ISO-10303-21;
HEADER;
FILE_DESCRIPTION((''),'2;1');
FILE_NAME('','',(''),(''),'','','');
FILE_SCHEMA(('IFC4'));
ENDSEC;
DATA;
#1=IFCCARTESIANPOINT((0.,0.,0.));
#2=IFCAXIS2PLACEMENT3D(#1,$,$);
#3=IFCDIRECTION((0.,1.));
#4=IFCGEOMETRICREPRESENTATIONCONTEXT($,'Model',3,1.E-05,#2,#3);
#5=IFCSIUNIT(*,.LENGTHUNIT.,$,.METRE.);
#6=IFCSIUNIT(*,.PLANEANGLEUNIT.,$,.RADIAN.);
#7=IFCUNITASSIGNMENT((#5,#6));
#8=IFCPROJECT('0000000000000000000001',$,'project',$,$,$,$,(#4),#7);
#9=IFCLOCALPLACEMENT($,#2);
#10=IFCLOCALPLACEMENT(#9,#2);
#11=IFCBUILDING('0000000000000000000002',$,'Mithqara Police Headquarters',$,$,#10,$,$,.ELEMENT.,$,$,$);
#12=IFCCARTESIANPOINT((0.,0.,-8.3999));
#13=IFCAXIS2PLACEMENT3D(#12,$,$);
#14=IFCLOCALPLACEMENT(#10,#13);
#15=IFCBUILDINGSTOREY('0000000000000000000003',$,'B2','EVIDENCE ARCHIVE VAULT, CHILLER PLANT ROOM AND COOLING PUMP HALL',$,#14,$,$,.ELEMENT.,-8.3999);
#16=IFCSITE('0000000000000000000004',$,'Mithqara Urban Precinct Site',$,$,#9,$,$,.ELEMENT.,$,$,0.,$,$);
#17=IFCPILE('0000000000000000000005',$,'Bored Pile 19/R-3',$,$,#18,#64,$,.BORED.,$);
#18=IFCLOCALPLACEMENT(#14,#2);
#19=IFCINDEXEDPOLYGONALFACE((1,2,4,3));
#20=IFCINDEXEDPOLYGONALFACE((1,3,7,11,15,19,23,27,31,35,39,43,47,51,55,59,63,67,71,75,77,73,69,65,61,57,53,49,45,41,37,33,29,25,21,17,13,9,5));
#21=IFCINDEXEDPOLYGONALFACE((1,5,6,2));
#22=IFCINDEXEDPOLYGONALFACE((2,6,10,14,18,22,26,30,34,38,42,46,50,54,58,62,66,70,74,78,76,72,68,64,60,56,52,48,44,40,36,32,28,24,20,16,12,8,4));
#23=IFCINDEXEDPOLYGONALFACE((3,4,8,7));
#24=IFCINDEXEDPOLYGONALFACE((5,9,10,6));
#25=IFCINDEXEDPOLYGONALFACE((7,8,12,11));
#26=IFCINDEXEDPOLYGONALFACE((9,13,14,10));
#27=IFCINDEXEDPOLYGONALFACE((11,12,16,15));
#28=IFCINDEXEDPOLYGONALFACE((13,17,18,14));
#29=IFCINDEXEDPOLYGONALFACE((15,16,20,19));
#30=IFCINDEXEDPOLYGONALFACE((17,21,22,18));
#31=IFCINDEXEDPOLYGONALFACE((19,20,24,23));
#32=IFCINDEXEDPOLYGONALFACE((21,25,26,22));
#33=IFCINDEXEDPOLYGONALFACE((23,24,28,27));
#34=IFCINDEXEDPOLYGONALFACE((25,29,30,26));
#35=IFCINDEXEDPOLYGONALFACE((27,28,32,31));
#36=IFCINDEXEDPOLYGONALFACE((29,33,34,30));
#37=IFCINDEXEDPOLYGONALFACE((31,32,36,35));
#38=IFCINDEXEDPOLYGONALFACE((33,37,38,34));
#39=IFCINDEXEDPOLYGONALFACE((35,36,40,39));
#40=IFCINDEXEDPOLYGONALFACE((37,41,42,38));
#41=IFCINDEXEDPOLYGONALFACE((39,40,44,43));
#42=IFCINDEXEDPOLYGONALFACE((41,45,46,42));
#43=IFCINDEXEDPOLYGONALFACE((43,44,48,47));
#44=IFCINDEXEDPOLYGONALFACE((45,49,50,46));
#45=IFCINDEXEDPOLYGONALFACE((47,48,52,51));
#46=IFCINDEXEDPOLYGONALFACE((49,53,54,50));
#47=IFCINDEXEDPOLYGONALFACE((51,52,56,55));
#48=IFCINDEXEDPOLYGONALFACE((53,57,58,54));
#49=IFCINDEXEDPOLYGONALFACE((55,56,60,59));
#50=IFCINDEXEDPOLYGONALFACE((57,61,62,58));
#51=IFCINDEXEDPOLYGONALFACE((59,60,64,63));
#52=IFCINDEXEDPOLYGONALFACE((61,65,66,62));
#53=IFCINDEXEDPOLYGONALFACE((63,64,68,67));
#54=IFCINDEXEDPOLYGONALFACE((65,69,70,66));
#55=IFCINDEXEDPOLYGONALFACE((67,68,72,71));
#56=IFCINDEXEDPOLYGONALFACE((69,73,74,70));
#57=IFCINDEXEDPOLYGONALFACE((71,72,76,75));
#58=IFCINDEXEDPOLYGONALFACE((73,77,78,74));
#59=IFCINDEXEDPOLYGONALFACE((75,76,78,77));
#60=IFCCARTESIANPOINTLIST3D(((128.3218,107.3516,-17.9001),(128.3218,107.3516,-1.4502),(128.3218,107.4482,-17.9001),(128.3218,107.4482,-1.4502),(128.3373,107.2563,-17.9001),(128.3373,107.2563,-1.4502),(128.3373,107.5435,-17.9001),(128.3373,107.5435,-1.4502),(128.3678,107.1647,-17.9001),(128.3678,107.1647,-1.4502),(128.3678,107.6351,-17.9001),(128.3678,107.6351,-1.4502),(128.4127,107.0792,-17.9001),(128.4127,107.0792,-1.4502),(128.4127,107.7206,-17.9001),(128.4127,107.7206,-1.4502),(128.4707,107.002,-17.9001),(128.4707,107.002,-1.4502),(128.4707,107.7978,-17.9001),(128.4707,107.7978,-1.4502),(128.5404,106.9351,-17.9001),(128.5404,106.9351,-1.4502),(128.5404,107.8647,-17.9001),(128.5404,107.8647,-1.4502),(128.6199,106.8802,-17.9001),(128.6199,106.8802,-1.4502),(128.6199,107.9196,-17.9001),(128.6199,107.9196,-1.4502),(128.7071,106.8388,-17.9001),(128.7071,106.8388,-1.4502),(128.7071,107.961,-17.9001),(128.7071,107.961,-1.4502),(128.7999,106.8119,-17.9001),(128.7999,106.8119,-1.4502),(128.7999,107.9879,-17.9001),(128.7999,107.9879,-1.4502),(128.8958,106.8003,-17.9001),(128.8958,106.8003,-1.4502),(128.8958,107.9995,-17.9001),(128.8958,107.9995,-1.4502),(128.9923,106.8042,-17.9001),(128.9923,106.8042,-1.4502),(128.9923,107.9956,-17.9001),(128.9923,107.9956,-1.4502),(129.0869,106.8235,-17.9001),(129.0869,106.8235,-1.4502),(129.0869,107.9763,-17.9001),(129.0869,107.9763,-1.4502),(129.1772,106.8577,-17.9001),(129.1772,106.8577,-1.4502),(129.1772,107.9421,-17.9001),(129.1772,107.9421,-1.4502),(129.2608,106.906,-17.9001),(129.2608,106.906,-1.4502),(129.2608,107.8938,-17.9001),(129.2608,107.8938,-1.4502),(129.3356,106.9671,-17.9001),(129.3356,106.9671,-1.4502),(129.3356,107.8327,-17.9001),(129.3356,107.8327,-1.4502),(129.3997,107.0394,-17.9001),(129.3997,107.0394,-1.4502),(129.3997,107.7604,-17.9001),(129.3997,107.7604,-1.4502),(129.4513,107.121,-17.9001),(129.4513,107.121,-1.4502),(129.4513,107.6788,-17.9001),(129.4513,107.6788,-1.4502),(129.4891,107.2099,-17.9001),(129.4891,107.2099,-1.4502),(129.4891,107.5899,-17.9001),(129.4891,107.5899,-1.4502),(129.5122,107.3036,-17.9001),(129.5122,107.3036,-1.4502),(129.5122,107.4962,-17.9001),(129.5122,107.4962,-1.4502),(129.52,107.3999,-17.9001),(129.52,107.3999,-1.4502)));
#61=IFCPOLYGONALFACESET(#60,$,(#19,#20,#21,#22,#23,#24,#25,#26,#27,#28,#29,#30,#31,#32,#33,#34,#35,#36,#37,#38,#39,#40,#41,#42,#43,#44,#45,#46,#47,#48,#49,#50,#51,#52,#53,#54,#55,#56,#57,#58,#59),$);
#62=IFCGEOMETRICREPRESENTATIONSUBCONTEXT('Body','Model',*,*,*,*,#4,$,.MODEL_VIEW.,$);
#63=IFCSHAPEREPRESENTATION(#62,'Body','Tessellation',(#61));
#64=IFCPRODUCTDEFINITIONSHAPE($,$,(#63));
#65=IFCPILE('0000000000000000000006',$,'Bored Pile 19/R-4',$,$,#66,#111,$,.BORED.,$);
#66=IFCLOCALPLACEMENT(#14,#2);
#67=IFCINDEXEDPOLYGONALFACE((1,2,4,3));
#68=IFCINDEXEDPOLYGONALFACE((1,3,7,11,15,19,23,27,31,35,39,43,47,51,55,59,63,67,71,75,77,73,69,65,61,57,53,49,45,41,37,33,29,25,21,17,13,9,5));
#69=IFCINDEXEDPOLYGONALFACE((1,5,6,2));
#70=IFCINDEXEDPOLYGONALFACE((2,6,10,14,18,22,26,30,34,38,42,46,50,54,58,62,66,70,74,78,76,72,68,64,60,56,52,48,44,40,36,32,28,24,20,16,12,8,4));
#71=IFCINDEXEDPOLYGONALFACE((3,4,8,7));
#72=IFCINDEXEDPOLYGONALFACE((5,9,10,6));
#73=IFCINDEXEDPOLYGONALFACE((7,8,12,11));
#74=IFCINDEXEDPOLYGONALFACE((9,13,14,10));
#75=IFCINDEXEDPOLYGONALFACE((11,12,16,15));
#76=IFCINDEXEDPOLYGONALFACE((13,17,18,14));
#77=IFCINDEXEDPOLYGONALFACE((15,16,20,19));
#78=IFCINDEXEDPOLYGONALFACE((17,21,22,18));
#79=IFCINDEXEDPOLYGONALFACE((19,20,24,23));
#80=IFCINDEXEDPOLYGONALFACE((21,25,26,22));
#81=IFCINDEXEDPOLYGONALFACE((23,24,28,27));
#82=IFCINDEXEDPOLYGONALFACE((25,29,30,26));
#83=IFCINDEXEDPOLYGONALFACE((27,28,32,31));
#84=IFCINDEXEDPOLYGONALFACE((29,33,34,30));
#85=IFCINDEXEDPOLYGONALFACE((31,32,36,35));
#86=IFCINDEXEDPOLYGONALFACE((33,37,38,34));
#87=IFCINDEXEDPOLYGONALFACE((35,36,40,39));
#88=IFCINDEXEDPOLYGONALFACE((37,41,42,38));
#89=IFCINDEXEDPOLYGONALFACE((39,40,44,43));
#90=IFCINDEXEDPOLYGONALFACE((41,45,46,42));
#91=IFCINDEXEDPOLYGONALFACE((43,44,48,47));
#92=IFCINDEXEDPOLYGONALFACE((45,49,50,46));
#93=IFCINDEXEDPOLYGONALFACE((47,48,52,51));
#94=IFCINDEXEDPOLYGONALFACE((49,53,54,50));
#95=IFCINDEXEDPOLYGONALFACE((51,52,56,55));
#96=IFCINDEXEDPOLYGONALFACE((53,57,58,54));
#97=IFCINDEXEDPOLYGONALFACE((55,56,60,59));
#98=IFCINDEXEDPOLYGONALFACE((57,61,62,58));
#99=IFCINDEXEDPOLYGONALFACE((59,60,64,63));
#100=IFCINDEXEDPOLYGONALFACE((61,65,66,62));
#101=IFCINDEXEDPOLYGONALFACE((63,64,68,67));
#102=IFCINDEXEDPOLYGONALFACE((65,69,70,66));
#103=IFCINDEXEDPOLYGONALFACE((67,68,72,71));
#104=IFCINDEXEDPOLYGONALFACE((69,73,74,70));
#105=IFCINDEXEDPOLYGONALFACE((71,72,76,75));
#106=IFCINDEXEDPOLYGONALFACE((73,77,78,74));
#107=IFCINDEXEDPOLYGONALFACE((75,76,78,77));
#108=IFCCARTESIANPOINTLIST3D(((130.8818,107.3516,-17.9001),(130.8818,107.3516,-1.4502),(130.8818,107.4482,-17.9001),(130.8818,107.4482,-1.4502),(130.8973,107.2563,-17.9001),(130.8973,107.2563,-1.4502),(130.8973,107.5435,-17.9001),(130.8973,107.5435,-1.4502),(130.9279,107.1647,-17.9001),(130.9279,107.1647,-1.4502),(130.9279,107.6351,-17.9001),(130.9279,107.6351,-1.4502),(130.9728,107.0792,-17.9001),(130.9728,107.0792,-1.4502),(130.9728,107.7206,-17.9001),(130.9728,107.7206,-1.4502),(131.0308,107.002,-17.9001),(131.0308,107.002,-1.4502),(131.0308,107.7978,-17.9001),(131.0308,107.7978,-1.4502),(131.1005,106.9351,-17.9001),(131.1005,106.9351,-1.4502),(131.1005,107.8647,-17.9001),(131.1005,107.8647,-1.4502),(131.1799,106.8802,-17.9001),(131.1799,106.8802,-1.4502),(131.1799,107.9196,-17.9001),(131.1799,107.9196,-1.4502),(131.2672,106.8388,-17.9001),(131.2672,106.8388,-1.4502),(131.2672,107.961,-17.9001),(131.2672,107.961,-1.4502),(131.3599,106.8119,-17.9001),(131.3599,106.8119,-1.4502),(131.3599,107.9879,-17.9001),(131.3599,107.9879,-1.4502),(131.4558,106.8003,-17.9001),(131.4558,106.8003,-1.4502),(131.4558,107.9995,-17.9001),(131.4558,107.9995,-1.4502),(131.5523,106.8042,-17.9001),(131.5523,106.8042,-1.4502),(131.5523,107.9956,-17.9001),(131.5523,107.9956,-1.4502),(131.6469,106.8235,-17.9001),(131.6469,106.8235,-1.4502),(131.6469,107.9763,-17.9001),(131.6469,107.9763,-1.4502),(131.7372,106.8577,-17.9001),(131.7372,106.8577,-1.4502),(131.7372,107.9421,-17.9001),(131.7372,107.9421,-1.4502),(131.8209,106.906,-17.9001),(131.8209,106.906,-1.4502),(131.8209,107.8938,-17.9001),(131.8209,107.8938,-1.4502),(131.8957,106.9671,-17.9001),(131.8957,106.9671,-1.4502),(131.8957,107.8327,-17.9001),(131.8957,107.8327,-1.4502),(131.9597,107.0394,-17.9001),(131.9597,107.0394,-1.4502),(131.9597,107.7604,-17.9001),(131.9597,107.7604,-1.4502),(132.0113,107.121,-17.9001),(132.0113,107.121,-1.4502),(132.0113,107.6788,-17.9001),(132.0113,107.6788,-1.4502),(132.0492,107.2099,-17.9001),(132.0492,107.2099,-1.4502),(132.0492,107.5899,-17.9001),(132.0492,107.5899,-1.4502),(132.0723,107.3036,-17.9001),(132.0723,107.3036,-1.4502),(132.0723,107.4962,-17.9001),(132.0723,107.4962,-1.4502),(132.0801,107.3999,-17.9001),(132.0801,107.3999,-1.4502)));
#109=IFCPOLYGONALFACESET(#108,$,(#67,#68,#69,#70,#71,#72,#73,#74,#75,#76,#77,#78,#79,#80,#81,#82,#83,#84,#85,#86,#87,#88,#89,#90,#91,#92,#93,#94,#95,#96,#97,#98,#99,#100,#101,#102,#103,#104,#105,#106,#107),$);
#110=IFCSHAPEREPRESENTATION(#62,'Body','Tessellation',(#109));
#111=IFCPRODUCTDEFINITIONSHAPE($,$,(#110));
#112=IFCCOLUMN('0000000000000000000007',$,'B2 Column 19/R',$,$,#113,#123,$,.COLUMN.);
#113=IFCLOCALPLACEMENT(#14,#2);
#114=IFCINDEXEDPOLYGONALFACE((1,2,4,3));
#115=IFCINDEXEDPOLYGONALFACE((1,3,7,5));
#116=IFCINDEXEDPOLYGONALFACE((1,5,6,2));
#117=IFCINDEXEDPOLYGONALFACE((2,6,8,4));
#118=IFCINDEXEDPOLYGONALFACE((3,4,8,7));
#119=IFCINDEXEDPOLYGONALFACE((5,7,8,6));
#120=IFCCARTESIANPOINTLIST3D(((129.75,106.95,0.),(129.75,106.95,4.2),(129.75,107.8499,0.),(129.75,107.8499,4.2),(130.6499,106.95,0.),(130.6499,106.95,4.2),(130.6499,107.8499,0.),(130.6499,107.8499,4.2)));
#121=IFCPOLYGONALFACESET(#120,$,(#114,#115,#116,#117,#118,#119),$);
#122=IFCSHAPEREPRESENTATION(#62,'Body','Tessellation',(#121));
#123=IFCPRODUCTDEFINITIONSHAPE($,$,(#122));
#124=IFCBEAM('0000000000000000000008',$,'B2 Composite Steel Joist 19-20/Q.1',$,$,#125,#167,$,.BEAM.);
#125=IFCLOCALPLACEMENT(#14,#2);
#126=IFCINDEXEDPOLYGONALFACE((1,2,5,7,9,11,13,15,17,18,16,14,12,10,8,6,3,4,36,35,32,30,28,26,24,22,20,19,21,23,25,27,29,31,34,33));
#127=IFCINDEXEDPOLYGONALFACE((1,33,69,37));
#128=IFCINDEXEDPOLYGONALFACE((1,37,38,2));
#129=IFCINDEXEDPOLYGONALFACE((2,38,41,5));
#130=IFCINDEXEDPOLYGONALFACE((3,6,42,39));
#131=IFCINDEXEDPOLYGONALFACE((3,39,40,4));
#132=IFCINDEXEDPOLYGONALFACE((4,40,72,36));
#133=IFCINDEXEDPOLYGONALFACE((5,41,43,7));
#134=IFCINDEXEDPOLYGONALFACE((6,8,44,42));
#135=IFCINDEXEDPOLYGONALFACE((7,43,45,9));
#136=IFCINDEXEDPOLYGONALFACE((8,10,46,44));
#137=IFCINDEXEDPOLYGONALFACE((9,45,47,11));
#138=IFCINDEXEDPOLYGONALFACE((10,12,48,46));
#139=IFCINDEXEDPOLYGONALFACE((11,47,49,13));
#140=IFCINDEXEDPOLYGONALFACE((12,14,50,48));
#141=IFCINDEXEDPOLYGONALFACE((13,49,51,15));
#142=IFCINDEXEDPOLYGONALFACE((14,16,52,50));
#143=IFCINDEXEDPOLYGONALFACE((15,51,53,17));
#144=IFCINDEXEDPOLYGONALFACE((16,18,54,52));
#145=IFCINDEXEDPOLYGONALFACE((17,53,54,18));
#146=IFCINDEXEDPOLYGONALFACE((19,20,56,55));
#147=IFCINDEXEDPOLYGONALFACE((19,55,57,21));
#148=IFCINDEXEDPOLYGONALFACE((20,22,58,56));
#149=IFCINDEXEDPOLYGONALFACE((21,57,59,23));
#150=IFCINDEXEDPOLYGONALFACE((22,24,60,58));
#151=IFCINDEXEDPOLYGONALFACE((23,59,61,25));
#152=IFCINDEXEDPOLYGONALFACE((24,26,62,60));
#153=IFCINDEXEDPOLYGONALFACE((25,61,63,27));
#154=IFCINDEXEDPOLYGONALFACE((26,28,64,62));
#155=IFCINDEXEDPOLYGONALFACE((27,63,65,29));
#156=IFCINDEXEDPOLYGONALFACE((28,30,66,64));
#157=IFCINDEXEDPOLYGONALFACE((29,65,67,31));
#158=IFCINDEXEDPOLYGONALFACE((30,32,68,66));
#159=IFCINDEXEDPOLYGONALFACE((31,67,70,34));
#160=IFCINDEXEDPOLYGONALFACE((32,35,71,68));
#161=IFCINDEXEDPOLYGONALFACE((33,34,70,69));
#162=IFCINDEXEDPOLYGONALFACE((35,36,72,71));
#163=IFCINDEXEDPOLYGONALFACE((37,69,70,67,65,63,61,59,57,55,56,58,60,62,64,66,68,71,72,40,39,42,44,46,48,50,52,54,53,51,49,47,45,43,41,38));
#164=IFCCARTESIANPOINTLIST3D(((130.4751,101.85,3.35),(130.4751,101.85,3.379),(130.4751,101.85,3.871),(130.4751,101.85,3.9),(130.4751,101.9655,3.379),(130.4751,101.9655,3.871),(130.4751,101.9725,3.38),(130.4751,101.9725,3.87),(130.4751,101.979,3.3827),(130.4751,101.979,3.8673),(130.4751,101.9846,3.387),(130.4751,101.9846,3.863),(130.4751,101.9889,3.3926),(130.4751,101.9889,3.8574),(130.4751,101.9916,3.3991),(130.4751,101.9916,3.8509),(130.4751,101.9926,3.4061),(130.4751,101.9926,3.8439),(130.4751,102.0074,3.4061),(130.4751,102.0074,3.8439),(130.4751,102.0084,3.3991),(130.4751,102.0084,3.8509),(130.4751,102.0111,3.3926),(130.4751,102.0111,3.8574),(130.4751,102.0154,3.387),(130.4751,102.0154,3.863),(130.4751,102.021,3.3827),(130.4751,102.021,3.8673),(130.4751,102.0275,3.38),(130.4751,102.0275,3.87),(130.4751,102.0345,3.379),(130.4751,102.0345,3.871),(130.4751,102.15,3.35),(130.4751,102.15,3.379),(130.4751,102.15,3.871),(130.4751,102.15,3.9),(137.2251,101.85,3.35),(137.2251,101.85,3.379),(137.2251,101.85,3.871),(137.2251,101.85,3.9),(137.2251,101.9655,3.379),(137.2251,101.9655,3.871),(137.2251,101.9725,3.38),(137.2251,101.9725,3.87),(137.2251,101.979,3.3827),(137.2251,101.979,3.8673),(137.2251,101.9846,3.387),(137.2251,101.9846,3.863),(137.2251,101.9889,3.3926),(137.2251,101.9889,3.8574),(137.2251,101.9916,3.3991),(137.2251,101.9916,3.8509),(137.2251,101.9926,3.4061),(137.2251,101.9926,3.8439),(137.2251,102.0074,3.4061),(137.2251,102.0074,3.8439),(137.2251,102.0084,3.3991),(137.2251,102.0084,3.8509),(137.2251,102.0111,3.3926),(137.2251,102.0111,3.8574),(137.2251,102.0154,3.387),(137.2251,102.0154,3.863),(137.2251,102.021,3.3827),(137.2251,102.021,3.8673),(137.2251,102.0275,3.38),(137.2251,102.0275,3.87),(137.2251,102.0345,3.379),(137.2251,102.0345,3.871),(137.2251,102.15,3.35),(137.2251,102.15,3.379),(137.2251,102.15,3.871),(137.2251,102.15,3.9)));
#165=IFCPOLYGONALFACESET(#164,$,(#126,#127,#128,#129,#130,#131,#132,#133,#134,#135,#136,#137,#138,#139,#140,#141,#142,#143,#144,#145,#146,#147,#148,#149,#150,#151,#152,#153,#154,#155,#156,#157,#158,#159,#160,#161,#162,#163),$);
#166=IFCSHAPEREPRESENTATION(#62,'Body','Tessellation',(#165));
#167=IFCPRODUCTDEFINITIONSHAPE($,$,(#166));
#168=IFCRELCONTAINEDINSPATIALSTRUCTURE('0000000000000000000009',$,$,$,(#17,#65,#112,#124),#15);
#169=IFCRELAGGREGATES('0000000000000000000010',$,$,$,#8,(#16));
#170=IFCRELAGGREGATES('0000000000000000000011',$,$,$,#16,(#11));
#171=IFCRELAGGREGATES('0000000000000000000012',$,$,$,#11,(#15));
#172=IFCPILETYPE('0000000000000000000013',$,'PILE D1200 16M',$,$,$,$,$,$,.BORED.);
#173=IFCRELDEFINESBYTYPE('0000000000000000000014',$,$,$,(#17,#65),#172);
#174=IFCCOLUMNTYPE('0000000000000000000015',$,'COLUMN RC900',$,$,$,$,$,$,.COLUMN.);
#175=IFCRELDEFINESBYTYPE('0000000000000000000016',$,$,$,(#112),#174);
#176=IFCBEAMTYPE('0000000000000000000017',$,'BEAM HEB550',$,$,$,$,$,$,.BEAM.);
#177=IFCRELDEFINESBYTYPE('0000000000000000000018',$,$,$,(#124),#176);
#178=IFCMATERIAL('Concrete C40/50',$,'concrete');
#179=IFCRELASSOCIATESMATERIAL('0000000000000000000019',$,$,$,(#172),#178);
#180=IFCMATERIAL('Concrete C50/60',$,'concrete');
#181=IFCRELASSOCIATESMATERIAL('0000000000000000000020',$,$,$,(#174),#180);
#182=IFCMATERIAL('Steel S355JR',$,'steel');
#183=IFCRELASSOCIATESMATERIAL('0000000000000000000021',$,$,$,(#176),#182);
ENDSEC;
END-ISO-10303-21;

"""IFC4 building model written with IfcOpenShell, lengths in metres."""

from ifc_helpers import new_model, si_unit, direction, frame, origin, origin_2d, place, context, subcontext, project, spatial, rectangle, circle, i_section, extrude, material, material_profile, profile_set, type_object, element, save


model = new_model("IFC4")

# Units and contexts
model_context = context("Model", 3, precision=1e-05, world=origin(), true_north=direction((0.0, 1.0)))
body_context = subcontext(model_context, "Body", "Model", "MODEL_VIEW")
ifc_project = project(units=[si_unit("LENGTHUNIT", "METRE"), si_unit("PLANEANGLEUNIT", "RADIAN")], contexts=[model_context])

# Site, building, storey
site_placement = place(None, origin())
site = spatial("IfcSite", under=ifc_project, at=site_placement, Name="Mithqara Urban Precinct Site", CompositionType="ELEMENT", RefElevation=0.0)
building_placement = place(site_placement, origin())
building = spatial("IfcBuilding", under=site, at=building_placement, Name="Mithqara Police Headquarters", CompositionType="ELEMENT")
storey_placement = place(building_placement, frame((0.0, 0.0, -8.3999)))
storey = spatial("IfcBuildingStorey", under=building, at=storey_placement, Name="B2", Description="EVIDENCE ARCHIVE VAULT, CHILLER PLANT ROOM AND COOLING PUMP HALL", CompositionType="ELEMENT", Elevation=-8.3999)

# Shared definitions
ifc_material_1 = material(Name="Concrete C40/50", Category="concrete")

# Piles
ifc_material_profile_1 = material_profile(ifc_material_1, circle(Radius=0.6001, at=origin_2d()), Name="PILE D1200")
ifc_profile_set_1 = profile_set([ifc_material_profile_1], Name="Concrete C40/50")
pile_type = type_object("IfcPileType", Name="PILE D1200 16M", PredefinedType="BORED", material=ifc_profile_set_1)
for number, where, z_axis, x_axis, name in (
    (1, (128.9199, 107.3999, -1.4502), (0.0, 0.0, -1.0), (1.0, 0.0, 0.0), "Bored Pile 19/R-3"),
    (2, (131.48, 107.3999, -1.4502), (0.0, 0.0, -1.0), (1.0, 0.0, 0.0), "Bored Pile 19/R-4"),
):
    element("IfcPile", number, at=place(storey_placement, frame(where, z_axis=z_axis, x_axis=x_axis)), inside=storey, type_object=pile_type, Name=name, PredefinedType="BORED", context=body_context, shape_type="SweptSolid", body=[
        extrude(circle(Radius=0.6001, at=origin_2d()), origin(), (0.0, 0.0, 1.0), 16.45),
    ])

# Column
ifc_material_2 = material(Name="Concrete C50/60", Category="concrete")
ifc_material_profile_2 = material_profile(ifc_material_2, rectangle(XDim=0.8999, YDim=0.8999, at=origin_2d()), Name="RC 900x900")
ifc_profile_set_2 = profile_set([ifc_material_profile_2], Name="Concrete C50/60")
column_type = type_object("IfcColumnType", Name="COLUMN RC900", PredefinedType="COLUMN", material=ifc_profile_set_2)
column_placement = place(storey_placement, frame((130.2, 107.3999, 0.0), z_axis=(0.0, 0.0, 1.0), x_axis=(1.0, 0.0, 0.0)))
element("IfcColumn", 3, at=column_placement, inside=storey, type_object=column_type, Name="B2 Column 19/R", PredefinedType="COLUMN", context=body_context, shape_type="SweptSolid", body=[
    extrude(rectangle(XDim=0.8999, YDim=0.8999, at=origin_2d()), origin(), (0.0, 0.0, 1.0), 4.2),
])

# Beam
ifc_material_3 = material(Name="Steel S355JR", Category="steel")
ifc_material_profile_3 = material_profile(ifc_material_3, i_section(OverallWidth=0.3, OverallDepth=0.55, WebThickness=0.0149, FlangeThickness=0.0291, FilletRadius=0.0271, at=origin_2d()), Name="HEB 550")
ifc_profile_set_3 = profile_set([ifc_material_profile_3], Name="Steel S355JR")
beam_type_1 = type_object("IfcBeamType", Name="BEAM HEB550", PredefinedType="BEAM", material=ifc_profile_set_3)
for number, where, z_axis, x_axis, name in (
    (4, (130.4751, 102.0, 3.625), (1.0, 0.0, 0.0), (0.0, 1.0, 0.0), "B2 Composite Steel Joist 19-20/Q.1"),
):
    element("IfcBeam", number, at=place(storey_placement, frame(where, z_axis=z_axis, x_axis=x_axis)), inside=storey, type_object=beam_type_1, Name=name, PredefinedType="BEAM", context=body_context, shape_type="SweptSolid", body=[
        extrude(i_section(OverallWidth=0.3, OverallDepth=0.55, WebThickness=0.0149, FlangeThickness=0.0291, FilletRadius=0.0271, at=origin_2d()), origin(), (0.0, 0.0, 1.0), 6.75),
    ])

save(model, "model.ifc")
